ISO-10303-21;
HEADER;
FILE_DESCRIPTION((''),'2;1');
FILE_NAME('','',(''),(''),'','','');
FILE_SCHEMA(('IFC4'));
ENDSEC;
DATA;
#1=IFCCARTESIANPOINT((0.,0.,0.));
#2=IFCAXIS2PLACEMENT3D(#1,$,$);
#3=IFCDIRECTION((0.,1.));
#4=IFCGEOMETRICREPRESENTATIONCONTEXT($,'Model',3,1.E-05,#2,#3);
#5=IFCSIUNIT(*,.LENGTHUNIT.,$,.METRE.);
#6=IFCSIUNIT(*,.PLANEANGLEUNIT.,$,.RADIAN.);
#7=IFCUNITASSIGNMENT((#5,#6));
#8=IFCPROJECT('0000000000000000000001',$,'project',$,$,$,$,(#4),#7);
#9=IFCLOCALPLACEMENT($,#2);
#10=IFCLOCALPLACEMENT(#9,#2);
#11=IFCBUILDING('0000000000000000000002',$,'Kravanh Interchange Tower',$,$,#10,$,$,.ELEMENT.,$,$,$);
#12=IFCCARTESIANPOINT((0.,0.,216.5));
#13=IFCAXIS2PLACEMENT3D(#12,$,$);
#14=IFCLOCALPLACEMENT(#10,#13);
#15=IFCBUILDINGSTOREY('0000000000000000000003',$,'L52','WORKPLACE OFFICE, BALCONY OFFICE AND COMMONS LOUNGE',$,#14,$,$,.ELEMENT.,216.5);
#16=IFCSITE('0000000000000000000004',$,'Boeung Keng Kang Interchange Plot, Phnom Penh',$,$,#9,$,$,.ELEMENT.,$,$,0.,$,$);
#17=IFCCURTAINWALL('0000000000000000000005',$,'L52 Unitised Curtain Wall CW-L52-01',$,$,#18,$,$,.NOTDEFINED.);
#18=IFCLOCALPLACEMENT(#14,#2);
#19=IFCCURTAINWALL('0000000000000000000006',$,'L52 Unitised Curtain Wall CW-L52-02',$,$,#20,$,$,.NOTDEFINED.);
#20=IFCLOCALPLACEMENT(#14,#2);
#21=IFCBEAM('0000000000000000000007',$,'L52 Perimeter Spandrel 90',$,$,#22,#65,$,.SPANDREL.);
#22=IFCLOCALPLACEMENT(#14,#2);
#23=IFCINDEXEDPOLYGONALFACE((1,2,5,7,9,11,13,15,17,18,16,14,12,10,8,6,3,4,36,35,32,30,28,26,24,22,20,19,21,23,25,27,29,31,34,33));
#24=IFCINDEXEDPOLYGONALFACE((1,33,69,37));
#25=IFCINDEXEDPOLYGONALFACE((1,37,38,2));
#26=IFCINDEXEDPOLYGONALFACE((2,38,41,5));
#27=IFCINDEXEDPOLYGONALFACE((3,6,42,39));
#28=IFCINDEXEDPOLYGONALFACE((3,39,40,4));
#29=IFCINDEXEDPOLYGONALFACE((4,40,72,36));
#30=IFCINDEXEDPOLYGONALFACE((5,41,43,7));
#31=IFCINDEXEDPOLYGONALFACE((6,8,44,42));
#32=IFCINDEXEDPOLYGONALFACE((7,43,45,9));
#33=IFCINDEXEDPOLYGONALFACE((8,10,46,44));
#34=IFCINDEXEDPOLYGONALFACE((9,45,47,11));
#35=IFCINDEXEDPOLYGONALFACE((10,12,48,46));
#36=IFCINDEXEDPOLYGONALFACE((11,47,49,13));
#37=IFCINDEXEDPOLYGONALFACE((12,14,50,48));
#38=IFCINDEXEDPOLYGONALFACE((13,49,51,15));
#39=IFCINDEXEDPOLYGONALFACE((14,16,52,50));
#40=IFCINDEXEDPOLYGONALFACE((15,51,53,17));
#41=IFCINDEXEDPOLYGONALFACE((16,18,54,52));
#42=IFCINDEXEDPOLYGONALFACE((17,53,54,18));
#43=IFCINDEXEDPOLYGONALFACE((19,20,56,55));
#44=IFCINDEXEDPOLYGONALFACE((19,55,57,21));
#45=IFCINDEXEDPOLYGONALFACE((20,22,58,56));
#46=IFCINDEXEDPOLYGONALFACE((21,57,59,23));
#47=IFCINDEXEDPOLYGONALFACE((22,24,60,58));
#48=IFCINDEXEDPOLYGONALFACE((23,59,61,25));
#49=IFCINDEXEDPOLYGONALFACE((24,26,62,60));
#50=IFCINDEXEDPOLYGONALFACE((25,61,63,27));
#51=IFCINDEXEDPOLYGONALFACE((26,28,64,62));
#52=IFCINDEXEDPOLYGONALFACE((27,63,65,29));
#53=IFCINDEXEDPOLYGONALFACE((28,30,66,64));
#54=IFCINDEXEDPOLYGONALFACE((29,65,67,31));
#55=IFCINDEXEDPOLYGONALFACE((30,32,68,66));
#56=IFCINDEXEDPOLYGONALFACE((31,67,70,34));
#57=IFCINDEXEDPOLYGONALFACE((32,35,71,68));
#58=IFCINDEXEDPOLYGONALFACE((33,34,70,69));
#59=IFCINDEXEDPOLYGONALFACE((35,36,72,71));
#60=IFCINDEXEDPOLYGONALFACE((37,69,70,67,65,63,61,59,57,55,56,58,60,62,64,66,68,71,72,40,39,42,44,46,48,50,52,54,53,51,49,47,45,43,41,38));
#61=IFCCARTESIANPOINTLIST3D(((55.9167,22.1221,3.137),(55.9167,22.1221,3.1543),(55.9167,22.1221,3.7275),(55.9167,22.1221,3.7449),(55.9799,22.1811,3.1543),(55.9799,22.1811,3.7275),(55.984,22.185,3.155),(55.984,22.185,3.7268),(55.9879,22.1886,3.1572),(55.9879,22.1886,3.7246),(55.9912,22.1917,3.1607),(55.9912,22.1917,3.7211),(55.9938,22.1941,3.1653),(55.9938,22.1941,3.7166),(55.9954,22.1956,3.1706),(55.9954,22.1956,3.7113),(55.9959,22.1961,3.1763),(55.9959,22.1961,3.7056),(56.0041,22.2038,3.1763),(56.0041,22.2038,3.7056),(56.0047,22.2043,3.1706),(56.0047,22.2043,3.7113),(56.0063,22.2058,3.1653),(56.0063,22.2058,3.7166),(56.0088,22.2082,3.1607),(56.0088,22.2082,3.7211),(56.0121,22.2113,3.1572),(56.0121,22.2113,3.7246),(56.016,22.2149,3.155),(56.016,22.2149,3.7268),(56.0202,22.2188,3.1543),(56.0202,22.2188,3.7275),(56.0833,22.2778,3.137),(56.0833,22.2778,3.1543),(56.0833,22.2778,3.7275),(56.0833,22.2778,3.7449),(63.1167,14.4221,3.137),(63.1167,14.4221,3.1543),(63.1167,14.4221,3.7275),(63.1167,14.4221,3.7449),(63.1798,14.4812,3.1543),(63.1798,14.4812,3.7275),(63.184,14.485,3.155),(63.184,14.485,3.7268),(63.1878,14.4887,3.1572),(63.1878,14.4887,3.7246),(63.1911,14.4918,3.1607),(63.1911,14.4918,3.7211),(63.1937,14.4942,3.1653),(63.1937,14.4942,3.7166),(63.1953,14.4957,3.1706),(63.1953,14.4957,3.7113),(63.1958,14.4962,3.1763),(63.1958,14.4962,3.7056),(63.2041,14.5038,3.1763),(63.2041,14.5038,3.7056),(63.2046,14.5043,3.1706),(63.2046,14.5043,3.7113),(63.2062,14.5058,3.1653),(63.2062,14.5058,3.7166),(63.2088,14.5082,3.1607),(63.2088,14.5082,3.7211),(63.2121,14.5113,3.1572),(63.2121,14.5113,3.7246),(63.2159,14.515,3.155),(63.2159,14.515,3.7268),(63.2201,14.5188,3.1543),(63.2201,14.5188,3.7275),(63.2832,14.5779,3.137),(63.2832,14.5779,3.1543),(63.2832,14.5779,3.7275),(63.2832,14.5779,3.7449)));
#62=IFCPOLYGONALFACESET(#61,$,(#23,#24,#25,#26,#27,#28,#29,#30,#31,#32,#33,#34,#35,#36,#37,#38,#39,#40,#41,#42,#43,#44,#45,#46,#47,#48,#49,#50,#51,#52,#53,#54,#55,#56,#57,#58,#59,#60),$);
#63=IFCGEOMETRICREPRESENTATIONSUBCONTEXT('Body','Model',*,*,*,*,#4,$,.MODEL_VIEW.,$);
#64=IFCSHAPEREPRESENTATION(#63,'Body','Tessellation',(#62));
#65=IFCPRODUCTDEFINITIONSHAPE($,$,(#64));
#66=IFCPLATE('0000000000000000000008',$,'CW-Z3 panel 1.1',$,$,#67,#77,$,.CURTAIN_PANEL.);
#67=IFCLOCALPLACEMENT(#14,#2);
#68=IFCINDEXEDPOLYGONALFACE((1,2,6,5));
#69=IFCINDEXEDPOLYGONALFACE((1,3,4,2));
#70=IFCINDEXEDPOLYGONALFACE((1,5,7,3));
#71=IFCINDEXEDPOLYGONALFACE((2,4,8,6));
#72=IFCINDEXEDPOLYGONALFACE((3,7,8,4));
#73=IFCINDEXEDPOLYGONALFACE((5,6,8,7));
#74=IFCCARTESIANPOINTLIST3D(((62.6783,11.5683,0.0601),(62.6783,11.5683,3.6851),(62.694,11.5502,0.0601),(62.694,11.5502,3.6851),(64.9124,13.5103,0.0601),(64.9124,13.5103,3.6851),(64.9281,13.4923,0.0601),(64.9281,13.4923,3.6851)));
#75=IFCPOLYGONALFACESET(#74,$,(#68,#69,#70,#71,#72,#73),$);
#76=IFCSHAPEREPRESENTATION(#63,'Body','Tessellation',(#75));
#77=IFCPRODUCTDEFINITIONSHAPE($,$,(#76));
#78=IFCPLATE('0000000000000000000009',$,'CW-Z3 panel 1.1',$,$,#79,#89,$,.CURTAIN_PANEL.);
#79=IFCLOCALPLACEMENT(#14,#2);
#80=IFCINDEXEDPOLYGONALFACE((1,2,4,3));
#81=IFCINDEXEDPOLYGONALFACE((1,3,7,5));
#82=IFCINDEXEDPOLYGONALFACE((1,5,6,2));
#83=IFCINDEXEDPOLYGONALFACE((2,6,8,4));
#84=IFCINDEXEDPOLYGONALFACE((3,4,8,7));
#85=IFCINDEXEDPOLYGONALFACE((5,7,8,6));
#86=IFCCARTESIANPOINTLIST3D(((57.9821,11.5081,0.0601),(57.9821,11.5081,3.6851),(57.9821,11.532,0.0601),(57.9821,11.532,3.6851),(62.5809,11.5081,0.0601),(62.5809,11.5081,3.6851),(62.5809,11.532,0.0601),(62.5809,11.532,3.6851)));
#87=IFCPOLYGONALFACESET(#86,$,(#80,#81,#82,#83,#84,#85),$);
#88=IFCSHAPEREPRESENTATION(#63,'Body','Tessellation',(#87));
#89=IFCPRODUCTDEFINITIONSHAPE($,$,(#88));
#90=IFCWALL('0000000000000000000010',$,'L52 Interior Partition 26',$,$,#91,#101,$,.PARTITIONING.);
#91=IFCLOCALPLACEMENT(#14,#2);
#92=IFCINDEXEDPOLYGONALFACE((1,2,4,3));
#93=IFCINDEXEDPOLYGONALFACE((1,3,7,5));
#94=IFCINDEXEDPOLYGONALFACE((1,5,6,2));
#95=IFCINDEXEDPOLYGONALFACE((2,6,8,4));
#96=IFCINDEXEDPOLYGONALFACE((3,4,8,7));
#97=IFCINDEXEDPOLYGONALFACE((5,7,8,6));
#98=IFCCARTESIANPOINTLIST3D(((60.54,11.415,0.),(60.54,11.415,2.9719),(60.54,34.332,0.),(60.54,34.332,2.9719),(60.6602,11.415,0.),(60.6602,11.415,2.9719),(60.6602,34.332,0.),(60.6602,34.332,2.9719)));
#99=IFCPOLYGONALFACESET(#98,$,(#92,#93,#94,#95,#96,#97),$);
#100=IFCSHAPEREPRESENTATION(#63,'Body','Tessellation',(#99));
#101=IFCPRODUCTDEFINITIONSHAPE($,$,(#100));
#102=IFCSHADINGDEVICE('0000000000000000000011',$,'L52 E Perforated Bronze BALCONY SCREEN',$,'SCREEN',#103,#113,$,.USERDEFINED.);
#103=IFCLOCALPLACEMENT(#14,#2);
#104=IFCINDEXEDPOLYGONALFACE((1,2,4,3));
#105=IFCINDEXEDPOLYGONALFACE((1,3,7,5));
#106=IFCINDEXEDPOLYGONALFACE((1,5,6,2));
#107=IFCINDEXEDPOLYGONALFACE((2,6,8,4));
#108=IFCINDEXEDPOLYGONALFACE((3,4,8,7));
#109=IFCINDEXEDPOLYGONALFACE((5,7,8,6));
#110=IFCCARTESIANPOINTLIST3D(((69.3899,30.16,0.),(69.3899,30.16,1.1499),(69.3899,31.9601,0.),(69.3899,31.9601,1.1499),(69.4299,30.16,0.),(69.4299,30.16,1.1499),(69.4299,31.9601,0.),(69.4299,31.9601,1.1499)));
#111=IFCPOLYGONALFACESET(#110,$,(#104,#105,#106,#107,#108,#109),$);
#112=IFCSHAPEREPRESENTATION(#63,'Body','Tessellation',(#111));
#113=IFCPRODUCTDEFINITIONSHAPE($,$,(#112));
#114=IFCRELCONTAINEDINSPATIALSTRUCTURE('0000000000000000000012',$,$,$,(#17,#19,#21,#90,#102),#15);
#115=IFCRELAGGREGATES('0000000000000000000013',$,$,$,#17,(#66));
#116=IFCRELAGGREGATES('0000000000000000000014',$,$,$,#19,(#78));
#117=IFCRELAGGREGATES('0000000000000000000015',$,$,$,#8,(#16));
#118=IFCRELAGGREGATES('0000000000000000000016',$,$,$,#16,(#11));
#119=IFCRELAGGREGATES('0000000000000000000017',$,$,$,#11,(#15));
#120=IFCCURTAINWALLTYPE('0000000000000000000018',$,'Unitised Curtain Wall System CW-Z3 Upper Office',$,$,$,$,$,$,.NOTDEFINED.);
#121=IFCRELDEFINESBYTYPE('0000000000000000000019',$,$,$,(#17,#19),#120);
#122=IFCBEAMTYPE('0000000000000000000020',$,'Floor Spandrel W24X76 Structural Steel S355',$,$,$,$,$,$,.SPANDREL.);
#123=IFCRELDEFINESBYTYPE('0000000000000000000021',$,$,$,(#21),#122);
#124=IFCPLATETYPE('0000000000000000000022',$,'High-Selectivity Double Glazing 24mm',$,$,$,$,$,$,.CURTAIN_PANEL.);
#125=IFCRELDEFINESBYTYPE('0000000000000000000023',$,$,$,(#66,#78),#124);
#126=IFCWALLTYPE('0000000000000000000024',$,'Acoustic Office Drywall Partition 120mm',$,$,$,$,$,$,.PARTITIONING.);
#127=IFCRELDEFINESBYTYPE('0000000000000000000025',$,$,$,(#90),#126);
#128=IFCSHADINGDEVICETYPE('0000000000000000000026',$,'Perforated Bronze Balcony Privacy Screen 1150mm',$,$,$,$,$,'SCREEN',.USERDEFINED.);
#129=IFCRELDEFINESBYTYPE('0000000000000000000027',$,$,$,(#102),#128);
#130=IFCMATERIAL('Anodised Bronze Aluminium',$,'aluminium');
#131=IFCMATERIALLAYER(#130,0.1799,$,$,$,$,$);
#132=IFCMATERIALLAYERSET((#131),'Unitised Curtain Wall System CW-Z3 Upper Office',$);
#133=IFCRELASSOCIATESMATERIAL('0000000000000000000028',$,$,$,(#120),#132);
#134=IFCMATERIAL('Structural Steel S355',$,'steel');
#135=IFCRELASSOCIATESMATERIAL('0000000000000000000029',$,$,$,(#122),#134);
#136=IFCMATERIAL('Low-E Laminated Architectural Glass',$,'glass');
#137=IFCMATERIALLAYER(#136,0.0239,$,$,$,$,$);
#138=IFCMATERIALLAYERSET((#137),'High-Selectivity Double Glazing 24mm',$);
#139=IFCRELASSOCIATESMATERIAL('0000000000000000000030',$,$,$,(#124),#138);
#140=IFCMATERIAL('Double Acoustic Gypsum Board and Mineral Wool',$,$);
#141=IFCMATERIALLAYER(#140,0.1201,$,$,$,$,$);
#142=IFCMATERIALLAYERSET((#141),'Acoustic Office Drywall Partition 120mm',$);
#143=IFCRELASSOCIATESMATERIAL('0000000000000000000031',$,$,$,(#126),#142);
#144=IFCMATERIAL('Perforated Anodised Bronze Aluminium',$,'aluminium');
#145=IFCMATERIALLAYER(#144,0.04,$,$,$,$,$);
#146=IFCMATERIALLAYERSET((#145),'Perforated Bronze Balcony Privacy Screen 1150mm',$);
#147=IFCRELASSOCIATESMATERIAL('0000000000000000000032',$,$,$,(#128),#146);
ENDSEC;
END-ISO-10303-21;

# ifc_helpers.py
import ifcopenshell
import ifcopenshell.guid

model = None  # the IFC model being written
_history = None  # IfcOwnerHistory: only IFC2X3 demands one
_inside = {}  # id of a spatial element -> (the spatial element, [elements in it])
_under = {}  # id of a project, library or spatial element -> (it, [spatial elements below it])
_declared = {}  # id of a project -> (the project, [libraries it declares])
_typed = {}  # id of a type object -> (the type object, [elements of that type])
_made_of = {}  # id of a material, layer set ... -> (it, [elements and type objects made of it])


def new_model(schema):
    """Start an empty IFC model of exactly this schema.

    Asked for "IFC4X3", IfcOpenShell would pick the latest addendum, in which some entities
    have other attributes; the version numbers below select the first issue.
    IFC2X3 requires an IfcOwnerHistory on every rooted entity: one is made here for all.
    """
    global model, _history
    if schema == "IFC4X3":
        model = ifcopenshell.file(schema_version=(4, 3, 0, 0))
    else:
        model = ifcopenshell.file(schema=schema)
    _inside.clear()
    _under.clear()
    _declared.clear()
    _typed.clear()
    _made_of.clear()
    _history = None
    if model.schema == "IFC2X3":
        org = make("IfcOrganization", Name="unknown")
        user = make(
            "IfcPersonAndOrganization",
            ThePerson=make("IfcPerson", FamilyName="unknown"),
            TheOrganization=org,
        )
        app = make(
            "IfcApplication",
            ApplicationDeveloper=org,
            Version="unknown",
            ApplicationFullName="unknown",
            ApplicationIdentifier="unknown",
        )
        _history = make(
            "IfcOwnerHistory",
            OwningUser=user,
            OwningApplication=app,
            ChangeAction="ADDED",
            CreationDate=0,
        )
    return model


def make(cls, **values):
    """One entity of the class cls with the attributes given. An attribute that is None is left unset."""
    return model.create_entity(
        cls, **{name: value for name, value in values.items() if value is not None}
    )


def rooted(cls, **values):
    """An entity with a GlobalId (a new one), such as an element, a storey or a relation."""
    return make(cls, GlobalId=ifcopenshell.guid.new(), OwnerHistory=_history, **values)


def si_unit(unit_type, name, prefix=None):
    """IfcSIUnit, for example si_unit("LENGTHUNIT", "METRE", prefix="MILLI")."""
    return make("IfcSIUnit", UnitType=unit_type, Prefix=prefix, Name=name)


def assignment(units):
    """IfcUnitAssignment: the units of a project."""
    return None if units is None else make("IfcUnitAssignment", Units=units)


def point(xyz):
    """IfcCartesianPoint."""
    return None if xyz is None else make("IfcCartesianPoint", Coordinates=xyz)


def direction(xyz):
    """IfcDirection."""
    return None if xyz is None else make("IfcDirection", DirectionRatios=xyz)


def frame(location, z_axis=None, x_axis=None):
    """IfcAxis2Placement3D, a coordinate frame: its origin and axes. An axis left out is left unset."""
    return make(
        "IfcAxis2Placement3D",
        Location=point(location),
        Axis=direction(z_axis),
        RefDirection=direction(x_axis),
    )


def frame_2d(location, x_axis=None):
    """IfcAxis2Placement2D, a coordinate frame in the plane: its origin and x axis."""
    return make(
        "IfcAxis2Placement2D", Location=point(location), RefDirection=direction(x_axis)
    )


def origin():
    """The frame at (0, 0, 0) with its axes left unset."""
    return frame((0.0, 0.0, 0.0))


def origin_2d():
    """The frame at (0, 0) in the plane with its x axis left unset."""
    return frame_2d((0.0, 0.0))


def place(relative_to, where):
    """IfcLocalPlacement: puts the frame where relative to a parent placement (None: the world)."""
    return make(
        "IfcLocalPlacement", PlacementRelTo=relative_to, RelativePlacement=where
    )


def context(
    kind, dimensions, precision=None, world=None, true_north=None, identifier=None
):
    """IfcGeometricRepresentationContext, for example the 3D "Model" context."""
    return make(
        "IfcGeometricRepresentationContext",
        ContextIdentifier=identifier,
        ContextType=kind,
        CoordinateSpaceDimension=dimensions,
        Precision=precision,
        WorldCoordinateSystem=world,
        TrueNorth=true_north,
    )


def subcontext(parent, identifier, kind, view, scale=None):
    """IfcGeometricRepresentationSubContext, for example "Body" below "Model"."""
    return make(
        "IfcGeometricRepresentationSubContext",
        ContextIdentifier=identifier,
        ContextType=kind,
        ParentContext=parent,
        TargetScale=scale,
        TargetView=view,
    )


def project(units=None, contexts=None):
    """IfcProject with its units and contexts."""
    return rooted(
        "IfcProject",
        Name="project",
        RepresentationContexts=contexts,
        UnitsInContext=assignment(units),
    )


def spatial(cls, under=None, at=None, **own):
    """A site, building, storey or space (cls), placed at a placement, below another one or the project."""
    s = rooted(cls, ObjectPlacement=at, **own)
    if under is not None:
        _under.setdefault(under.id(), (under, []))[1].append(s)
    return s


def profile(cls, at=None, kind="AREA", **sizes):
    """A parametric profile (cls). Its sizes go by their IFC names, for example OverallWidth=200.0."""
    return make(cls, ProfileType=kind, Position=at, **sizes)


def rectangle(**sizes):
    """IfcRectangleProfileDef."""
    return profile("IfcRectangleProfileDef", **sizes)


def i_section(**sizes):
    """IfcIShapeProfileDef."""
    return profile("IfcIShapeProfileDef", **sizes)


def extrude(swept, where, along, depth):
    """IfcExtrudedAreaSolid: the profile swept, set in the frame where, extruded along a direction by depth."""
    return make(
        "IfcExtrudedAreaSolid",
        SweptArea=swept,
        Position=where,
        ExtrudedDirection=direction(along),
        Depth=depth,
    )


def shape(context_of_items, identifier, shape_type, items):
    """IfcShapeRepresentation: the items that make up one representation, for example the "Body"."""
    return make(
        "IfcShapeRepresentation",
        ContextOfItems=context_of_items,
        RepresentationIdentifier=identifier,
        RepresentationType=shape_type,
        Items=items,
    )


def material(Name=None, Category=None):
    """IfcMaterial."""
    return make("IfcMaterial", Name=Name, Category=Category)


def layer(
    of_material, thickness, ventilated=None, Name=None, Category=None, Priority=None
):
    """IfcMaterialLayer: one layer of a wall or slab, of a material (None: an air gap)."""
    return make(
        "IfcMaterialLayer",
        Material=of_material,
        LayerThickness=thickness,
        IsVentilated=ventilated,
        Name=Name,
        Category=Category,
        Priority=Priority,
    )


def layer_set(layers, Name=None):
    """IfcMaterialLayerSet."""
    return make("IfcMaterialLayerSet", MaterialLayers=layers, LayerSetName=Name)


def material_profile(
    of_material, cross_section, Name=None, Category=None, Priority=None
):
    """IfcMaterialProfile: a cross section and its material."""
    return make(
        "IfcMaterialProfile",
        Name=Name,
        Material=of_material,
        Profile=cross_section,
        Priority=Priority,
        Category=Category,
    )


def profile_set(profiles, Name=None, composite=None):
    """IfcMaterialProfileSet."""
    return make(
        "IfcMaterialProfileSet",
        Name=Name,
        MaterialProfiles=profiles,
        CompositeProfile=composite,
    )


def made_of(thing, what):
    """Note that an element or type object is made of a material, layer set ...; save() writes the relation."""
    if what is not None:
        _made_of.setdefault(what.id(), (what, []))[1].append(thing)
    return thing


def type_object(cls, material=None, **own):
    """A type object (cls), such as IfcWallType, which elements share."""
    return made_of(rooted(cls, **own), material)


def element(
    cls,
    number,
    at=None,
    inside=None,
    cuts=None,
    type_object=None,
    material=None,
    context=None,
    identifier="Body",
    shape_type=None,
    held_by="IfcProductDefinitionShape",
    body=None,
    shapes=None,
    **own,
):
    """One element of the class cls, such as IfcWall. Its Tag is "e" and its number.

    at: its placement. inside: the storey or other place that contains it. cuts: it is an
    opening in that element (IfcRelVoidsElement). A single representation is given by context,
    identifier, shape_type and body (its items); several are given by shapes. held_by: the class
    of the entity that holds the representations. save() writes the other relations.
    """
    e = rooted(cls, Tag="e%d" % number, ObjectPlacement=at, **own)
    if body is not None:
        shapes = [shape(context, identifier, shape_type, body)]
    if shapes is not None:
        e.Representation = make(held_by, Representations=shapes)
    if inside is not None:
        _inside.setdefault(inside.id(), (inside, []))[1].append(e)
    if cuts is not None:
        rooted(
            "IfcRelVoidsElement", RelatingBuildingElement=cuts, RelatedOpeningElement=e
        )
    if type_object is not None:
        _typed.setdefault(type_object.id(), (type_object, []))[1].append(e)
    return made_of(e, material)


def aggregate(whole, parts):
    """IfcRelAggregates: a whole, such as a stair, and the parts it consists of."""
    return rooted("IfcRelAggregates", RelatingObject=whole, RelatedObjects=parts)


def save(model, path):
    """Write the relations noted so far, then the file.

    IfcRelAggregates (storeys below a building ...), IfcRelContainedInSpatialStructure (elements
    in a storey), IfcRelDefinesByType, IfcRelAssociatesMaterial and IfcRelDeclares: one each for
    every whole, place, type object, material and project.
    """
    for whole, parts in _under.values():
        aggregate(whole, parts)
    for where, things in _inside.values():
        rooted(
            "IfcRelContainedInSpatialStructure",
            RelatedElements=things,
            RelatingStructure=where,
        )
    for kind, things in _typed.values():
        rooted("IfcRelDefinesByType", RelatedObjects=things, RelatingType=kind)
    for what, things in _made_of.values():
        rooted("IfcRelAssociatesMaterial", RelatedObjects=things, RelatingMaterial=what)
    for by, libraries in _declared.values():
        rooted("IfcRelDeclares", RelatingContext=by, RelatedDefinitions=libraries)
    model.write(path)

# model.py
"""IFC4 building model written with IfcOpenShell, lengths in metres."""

from ifc_helpers import new_model, si_unit, direction, frame, frame_2d, origin, origin_2d, place, context, subcontext, project, spatial, rectangle, i_section, extrude, material, layer, layer_set, material_profile, profile_set, type_object, element, aggregate, save


model = new_model("IFC4")

# Units and contexts
model_context = context("Model", 3, precision=1e-05, world=origin(), true_north=direction((0.0, 1.0)))
body_context = subcontext(model_context, "Body", "Model", "MODEL_VIEW")
ifc_project = project(units=[si_unit("LENGTHUNIT", "METRE"), si_unit("PLANEANGLEUNIT", "RADIAN")], contexts=[model_context])

# Site, building, storey
site_placement = place(None, origin())
site = spatial("IfcSite", under=ifc_project, at=site_placement, Name="Boeung Keng Kang Interchange Plot, Phnom Penh", CompositionType="ELEMENT", RefElevation=0.0)
building_placement = place(site_placement, origin())
building = spatial("IfcBuilding", under=site, at=building_placement, Name="Kravanh Interchange Tower", CompositionType="ELEMENT")
storey_placement = place(building_placement, frame((0.0, 0.0, 216.5)))
storey = spatial("IfcBuildingStorey", under=building, at=storey_placement, Name="L52", Description="WORKPLACE OFFICE, BALCONY OFFICE AND COMMONS LOUNGE", CompositionType="ELEMENT", Elevation=216.5)

# Curtain walls
ifc_material_1 = material(Name="Anodised Bronze Aluminium", Category="aluminium")
ifc_layer_1 = layer(ifc_material_1, 0.1799)
ifc_layer_set_1 = layer_set([ifc_layer_1], Name="Unitised Curtain Wall System CW-Z3 Upper Office")
curtain_wall_type = type_object("IfcCurtainWallType", Name="Unitised Curtain Wall System CW-Z3 Upper Office", PredefinedType="NOTDEFINED", material=ifc_layer_set_1)
curtain_wall_1_placement = place(storey_placement, origin())
curtain_wall_1 = element("IfcCurtainWall", 1, at=curtain_wall_1_placement, inside=storey, type_object=curtain_wall_type, Name="L52 Unitised Curtain Wall CW-L52-01", PredefinedType="NOTDEFINED")
curtain_wall_2_placement = place(storey_placement, origin())
curtain_wall_2 = element("IfcCurtainWall", 2, at=curtain_wall_2_placement, inside=storey, type_object=curtain_wall_type, Name="L52 Unitised Curtain Wall CW-L52-02", PredefinedType="NOTDEFINED")

# Beam
ifc_material_2 = material(Name="Structural Steel S355", Category="steel")
ifc_material_profile_1 = material_profile(ifc_material_2, i_section(OverallWidth=0.228, OverallDepth=0.6079, WebThickness=0.0112, FlangeThickness=0.0173, FilletRadius=0.022, at=origin_2d()), Name="W24X76")
ifc_profile_set_1 = profile_set([ifc_material_profile_1], Name="Structural Steel S355")
beam_type_1 = type_object("IfcBeamType", Name="Floor Spandrel W24X76 Structural Steel S355", PredefinedType="SPANDREL", material=ifc_profile_set_1)
for number, where, z_axis, x_axis, name in (
    (3, (63.2, 14.5, 3.4409), (-0.682994, 0.730424, 0.0), (-0.730424, -0.682994, 0.0), "L52 Perimeter Spandrel 90"),
):
    element("IfcBeam", number, at=place(storey_placement, frame(where, z_axis=z_axis, x_axis=x_axis)), inside=storey, type_object=beam_type_1, Name=name, PredefinedType="SPANDREL", context=body_context, shape_type="SweptSolid", body=[
        extrude(i_section(OverallWidth=0.228, OverallDepth=0.6079, WebThickness=0.0112, FlangeThickness=0.0173, FilletRadius=0.022, at=origin_2d()), origin(), (0.0, 0.0, 1.0), 10.5417),
    ])

# Plates
ifc_material_3 = material(Name="Low-E Laminated Architectural Glass", Category="glass")
ifc_layer_2 = layer(ifc_material_3, 0.0239)
ifc_layer_set_2 = layer_set([ifc_layer_2], Name="High-Selectivity Double Glazing 24mm")
plate_type = type_object("IfcPlateType", Name="High-Selectivity Double Glazing 24mm", PredefinedType="CURTAIN_PANEL", material=ifc_layer_set_2)
plate_1_placement = place(storey_placement, frame((63.8032, 12.5303, 0.0601), z_axis=(0.0, 0.0, 1.0), x_axis=(-0.754717, -0.656051, 0.0)))
plate_1 = element("IfcPlate", 4, at=plate_1_placement, type_object=plate_type, Name="CW-Z3 panel 1.1", PredefinedType="CURTAIN_PANEL", context=body_context, shape_type="SweptSolid", body=[
    extrude(rectangle(XDim=2.9602, YDim=0.0239, at=origin_2d()), origin(), (0.0, 0.0, 1.0), 3.625),
])
aggregate(curtain_wall_1, [plate_1])
plate_2_placement = place(storey_placement, frame((60.2815, 11.52, 0.0601), z_axis=(0.0, 0.0, 1.0), x_axis=(-1.0, 0.0, 0.0)))
plate_2 = element("IfcPlate", 5, at=plate_2_placement, type_object=plate_type, Name="CW-Z3 panel 1.1", PredefinedType="CURTAIN_PANEL", context=body_context, shape_type="SweptSolid", body=[
    extrude(rectangle(XDim=4.5989, YDim=0.0239, at=origin_2d()), origin(), (0.0, 0.0, 1.0), 3.625),
])
aggregate(curtain_wall_2, [plate_2])

# Wall
ifc_material_4 = material(Name="Double Acoustic Gypsum Board and Mineral Wool")
ifc_layer_3 = layer(ifc_material_4, 0.1201)
ifc_layer_set_3 = layer_set([ifc_layer_3], Name="Acoustic Office Drywall Partition 120mm")
wall_type = type_object("IfcWallType", Name="Acoustic Office Drywall Partition 120mm", PredefinedType="PARTITIONING", material=ifc_layer_set_3)
wall_placement = place(storey_placement, frame((60.6001, 11.415, 0.0), z_axis=(0.0, 0.0, 1.0), x_axis=(0.0, 1.0, 0.0)))
element("IfcWall", 6, at=wall_placement, inside=storey, type_object=wall_type, Name="L52 Interior Partition 26", PredefinedType="PARTITIONING", context=body_context, shape_type="SweptSolid", body=[
    extrude(rectangle(XDim=22.917, YDim=0.1201, at=frame_2d((11.4585, 0.0))), origin(), (0.0, 0.0, 1.0), 2.9719),
])

# Shading device
ifc_material_5 = material(Name="Perforated Anodised Bronze Aluminium", Category="aluminium")
ifc_layer_4 = layer(ifc_material_5, 0.04)
ifc_layer_set_4 = layer_set([ifc_layer_4], Name="Perforated Bronze Balcony Privacy Screen 1150mm")
shading_device_type = type_object("IfcShadingDeviceType", Name="Perforated Bronze Balcony Privacy Screen 1150mm", ElementType="SCREEN", PredefinedType="USERDEFINED", material=ifc_layer_set_4)
shading_device_placement = place(storey_placement, frame((69.4099, 31.0601, 0.0), z_axis=(0.0, 0.0, 1.0), x_axis=(1.0, 0.0, 0.0)))
element("IfcShadingDevice", 7, at=shading_device_placement, inside=storey, type_object=shading_device_type, Name="L52 E Perforated Bronze BALCONY SCREEN", ObjectType="SCREEN", PredefinedType="USERDEFINED", context=body_context, shape_type="SweptSolid", body=[
    extrude(rectangle(XDim=0.04, YDim=1.8, at=origin_2d()), origin(), (0.0, 0.0, 1.0), 1.1499),
])

save(model, "model.ifc")
